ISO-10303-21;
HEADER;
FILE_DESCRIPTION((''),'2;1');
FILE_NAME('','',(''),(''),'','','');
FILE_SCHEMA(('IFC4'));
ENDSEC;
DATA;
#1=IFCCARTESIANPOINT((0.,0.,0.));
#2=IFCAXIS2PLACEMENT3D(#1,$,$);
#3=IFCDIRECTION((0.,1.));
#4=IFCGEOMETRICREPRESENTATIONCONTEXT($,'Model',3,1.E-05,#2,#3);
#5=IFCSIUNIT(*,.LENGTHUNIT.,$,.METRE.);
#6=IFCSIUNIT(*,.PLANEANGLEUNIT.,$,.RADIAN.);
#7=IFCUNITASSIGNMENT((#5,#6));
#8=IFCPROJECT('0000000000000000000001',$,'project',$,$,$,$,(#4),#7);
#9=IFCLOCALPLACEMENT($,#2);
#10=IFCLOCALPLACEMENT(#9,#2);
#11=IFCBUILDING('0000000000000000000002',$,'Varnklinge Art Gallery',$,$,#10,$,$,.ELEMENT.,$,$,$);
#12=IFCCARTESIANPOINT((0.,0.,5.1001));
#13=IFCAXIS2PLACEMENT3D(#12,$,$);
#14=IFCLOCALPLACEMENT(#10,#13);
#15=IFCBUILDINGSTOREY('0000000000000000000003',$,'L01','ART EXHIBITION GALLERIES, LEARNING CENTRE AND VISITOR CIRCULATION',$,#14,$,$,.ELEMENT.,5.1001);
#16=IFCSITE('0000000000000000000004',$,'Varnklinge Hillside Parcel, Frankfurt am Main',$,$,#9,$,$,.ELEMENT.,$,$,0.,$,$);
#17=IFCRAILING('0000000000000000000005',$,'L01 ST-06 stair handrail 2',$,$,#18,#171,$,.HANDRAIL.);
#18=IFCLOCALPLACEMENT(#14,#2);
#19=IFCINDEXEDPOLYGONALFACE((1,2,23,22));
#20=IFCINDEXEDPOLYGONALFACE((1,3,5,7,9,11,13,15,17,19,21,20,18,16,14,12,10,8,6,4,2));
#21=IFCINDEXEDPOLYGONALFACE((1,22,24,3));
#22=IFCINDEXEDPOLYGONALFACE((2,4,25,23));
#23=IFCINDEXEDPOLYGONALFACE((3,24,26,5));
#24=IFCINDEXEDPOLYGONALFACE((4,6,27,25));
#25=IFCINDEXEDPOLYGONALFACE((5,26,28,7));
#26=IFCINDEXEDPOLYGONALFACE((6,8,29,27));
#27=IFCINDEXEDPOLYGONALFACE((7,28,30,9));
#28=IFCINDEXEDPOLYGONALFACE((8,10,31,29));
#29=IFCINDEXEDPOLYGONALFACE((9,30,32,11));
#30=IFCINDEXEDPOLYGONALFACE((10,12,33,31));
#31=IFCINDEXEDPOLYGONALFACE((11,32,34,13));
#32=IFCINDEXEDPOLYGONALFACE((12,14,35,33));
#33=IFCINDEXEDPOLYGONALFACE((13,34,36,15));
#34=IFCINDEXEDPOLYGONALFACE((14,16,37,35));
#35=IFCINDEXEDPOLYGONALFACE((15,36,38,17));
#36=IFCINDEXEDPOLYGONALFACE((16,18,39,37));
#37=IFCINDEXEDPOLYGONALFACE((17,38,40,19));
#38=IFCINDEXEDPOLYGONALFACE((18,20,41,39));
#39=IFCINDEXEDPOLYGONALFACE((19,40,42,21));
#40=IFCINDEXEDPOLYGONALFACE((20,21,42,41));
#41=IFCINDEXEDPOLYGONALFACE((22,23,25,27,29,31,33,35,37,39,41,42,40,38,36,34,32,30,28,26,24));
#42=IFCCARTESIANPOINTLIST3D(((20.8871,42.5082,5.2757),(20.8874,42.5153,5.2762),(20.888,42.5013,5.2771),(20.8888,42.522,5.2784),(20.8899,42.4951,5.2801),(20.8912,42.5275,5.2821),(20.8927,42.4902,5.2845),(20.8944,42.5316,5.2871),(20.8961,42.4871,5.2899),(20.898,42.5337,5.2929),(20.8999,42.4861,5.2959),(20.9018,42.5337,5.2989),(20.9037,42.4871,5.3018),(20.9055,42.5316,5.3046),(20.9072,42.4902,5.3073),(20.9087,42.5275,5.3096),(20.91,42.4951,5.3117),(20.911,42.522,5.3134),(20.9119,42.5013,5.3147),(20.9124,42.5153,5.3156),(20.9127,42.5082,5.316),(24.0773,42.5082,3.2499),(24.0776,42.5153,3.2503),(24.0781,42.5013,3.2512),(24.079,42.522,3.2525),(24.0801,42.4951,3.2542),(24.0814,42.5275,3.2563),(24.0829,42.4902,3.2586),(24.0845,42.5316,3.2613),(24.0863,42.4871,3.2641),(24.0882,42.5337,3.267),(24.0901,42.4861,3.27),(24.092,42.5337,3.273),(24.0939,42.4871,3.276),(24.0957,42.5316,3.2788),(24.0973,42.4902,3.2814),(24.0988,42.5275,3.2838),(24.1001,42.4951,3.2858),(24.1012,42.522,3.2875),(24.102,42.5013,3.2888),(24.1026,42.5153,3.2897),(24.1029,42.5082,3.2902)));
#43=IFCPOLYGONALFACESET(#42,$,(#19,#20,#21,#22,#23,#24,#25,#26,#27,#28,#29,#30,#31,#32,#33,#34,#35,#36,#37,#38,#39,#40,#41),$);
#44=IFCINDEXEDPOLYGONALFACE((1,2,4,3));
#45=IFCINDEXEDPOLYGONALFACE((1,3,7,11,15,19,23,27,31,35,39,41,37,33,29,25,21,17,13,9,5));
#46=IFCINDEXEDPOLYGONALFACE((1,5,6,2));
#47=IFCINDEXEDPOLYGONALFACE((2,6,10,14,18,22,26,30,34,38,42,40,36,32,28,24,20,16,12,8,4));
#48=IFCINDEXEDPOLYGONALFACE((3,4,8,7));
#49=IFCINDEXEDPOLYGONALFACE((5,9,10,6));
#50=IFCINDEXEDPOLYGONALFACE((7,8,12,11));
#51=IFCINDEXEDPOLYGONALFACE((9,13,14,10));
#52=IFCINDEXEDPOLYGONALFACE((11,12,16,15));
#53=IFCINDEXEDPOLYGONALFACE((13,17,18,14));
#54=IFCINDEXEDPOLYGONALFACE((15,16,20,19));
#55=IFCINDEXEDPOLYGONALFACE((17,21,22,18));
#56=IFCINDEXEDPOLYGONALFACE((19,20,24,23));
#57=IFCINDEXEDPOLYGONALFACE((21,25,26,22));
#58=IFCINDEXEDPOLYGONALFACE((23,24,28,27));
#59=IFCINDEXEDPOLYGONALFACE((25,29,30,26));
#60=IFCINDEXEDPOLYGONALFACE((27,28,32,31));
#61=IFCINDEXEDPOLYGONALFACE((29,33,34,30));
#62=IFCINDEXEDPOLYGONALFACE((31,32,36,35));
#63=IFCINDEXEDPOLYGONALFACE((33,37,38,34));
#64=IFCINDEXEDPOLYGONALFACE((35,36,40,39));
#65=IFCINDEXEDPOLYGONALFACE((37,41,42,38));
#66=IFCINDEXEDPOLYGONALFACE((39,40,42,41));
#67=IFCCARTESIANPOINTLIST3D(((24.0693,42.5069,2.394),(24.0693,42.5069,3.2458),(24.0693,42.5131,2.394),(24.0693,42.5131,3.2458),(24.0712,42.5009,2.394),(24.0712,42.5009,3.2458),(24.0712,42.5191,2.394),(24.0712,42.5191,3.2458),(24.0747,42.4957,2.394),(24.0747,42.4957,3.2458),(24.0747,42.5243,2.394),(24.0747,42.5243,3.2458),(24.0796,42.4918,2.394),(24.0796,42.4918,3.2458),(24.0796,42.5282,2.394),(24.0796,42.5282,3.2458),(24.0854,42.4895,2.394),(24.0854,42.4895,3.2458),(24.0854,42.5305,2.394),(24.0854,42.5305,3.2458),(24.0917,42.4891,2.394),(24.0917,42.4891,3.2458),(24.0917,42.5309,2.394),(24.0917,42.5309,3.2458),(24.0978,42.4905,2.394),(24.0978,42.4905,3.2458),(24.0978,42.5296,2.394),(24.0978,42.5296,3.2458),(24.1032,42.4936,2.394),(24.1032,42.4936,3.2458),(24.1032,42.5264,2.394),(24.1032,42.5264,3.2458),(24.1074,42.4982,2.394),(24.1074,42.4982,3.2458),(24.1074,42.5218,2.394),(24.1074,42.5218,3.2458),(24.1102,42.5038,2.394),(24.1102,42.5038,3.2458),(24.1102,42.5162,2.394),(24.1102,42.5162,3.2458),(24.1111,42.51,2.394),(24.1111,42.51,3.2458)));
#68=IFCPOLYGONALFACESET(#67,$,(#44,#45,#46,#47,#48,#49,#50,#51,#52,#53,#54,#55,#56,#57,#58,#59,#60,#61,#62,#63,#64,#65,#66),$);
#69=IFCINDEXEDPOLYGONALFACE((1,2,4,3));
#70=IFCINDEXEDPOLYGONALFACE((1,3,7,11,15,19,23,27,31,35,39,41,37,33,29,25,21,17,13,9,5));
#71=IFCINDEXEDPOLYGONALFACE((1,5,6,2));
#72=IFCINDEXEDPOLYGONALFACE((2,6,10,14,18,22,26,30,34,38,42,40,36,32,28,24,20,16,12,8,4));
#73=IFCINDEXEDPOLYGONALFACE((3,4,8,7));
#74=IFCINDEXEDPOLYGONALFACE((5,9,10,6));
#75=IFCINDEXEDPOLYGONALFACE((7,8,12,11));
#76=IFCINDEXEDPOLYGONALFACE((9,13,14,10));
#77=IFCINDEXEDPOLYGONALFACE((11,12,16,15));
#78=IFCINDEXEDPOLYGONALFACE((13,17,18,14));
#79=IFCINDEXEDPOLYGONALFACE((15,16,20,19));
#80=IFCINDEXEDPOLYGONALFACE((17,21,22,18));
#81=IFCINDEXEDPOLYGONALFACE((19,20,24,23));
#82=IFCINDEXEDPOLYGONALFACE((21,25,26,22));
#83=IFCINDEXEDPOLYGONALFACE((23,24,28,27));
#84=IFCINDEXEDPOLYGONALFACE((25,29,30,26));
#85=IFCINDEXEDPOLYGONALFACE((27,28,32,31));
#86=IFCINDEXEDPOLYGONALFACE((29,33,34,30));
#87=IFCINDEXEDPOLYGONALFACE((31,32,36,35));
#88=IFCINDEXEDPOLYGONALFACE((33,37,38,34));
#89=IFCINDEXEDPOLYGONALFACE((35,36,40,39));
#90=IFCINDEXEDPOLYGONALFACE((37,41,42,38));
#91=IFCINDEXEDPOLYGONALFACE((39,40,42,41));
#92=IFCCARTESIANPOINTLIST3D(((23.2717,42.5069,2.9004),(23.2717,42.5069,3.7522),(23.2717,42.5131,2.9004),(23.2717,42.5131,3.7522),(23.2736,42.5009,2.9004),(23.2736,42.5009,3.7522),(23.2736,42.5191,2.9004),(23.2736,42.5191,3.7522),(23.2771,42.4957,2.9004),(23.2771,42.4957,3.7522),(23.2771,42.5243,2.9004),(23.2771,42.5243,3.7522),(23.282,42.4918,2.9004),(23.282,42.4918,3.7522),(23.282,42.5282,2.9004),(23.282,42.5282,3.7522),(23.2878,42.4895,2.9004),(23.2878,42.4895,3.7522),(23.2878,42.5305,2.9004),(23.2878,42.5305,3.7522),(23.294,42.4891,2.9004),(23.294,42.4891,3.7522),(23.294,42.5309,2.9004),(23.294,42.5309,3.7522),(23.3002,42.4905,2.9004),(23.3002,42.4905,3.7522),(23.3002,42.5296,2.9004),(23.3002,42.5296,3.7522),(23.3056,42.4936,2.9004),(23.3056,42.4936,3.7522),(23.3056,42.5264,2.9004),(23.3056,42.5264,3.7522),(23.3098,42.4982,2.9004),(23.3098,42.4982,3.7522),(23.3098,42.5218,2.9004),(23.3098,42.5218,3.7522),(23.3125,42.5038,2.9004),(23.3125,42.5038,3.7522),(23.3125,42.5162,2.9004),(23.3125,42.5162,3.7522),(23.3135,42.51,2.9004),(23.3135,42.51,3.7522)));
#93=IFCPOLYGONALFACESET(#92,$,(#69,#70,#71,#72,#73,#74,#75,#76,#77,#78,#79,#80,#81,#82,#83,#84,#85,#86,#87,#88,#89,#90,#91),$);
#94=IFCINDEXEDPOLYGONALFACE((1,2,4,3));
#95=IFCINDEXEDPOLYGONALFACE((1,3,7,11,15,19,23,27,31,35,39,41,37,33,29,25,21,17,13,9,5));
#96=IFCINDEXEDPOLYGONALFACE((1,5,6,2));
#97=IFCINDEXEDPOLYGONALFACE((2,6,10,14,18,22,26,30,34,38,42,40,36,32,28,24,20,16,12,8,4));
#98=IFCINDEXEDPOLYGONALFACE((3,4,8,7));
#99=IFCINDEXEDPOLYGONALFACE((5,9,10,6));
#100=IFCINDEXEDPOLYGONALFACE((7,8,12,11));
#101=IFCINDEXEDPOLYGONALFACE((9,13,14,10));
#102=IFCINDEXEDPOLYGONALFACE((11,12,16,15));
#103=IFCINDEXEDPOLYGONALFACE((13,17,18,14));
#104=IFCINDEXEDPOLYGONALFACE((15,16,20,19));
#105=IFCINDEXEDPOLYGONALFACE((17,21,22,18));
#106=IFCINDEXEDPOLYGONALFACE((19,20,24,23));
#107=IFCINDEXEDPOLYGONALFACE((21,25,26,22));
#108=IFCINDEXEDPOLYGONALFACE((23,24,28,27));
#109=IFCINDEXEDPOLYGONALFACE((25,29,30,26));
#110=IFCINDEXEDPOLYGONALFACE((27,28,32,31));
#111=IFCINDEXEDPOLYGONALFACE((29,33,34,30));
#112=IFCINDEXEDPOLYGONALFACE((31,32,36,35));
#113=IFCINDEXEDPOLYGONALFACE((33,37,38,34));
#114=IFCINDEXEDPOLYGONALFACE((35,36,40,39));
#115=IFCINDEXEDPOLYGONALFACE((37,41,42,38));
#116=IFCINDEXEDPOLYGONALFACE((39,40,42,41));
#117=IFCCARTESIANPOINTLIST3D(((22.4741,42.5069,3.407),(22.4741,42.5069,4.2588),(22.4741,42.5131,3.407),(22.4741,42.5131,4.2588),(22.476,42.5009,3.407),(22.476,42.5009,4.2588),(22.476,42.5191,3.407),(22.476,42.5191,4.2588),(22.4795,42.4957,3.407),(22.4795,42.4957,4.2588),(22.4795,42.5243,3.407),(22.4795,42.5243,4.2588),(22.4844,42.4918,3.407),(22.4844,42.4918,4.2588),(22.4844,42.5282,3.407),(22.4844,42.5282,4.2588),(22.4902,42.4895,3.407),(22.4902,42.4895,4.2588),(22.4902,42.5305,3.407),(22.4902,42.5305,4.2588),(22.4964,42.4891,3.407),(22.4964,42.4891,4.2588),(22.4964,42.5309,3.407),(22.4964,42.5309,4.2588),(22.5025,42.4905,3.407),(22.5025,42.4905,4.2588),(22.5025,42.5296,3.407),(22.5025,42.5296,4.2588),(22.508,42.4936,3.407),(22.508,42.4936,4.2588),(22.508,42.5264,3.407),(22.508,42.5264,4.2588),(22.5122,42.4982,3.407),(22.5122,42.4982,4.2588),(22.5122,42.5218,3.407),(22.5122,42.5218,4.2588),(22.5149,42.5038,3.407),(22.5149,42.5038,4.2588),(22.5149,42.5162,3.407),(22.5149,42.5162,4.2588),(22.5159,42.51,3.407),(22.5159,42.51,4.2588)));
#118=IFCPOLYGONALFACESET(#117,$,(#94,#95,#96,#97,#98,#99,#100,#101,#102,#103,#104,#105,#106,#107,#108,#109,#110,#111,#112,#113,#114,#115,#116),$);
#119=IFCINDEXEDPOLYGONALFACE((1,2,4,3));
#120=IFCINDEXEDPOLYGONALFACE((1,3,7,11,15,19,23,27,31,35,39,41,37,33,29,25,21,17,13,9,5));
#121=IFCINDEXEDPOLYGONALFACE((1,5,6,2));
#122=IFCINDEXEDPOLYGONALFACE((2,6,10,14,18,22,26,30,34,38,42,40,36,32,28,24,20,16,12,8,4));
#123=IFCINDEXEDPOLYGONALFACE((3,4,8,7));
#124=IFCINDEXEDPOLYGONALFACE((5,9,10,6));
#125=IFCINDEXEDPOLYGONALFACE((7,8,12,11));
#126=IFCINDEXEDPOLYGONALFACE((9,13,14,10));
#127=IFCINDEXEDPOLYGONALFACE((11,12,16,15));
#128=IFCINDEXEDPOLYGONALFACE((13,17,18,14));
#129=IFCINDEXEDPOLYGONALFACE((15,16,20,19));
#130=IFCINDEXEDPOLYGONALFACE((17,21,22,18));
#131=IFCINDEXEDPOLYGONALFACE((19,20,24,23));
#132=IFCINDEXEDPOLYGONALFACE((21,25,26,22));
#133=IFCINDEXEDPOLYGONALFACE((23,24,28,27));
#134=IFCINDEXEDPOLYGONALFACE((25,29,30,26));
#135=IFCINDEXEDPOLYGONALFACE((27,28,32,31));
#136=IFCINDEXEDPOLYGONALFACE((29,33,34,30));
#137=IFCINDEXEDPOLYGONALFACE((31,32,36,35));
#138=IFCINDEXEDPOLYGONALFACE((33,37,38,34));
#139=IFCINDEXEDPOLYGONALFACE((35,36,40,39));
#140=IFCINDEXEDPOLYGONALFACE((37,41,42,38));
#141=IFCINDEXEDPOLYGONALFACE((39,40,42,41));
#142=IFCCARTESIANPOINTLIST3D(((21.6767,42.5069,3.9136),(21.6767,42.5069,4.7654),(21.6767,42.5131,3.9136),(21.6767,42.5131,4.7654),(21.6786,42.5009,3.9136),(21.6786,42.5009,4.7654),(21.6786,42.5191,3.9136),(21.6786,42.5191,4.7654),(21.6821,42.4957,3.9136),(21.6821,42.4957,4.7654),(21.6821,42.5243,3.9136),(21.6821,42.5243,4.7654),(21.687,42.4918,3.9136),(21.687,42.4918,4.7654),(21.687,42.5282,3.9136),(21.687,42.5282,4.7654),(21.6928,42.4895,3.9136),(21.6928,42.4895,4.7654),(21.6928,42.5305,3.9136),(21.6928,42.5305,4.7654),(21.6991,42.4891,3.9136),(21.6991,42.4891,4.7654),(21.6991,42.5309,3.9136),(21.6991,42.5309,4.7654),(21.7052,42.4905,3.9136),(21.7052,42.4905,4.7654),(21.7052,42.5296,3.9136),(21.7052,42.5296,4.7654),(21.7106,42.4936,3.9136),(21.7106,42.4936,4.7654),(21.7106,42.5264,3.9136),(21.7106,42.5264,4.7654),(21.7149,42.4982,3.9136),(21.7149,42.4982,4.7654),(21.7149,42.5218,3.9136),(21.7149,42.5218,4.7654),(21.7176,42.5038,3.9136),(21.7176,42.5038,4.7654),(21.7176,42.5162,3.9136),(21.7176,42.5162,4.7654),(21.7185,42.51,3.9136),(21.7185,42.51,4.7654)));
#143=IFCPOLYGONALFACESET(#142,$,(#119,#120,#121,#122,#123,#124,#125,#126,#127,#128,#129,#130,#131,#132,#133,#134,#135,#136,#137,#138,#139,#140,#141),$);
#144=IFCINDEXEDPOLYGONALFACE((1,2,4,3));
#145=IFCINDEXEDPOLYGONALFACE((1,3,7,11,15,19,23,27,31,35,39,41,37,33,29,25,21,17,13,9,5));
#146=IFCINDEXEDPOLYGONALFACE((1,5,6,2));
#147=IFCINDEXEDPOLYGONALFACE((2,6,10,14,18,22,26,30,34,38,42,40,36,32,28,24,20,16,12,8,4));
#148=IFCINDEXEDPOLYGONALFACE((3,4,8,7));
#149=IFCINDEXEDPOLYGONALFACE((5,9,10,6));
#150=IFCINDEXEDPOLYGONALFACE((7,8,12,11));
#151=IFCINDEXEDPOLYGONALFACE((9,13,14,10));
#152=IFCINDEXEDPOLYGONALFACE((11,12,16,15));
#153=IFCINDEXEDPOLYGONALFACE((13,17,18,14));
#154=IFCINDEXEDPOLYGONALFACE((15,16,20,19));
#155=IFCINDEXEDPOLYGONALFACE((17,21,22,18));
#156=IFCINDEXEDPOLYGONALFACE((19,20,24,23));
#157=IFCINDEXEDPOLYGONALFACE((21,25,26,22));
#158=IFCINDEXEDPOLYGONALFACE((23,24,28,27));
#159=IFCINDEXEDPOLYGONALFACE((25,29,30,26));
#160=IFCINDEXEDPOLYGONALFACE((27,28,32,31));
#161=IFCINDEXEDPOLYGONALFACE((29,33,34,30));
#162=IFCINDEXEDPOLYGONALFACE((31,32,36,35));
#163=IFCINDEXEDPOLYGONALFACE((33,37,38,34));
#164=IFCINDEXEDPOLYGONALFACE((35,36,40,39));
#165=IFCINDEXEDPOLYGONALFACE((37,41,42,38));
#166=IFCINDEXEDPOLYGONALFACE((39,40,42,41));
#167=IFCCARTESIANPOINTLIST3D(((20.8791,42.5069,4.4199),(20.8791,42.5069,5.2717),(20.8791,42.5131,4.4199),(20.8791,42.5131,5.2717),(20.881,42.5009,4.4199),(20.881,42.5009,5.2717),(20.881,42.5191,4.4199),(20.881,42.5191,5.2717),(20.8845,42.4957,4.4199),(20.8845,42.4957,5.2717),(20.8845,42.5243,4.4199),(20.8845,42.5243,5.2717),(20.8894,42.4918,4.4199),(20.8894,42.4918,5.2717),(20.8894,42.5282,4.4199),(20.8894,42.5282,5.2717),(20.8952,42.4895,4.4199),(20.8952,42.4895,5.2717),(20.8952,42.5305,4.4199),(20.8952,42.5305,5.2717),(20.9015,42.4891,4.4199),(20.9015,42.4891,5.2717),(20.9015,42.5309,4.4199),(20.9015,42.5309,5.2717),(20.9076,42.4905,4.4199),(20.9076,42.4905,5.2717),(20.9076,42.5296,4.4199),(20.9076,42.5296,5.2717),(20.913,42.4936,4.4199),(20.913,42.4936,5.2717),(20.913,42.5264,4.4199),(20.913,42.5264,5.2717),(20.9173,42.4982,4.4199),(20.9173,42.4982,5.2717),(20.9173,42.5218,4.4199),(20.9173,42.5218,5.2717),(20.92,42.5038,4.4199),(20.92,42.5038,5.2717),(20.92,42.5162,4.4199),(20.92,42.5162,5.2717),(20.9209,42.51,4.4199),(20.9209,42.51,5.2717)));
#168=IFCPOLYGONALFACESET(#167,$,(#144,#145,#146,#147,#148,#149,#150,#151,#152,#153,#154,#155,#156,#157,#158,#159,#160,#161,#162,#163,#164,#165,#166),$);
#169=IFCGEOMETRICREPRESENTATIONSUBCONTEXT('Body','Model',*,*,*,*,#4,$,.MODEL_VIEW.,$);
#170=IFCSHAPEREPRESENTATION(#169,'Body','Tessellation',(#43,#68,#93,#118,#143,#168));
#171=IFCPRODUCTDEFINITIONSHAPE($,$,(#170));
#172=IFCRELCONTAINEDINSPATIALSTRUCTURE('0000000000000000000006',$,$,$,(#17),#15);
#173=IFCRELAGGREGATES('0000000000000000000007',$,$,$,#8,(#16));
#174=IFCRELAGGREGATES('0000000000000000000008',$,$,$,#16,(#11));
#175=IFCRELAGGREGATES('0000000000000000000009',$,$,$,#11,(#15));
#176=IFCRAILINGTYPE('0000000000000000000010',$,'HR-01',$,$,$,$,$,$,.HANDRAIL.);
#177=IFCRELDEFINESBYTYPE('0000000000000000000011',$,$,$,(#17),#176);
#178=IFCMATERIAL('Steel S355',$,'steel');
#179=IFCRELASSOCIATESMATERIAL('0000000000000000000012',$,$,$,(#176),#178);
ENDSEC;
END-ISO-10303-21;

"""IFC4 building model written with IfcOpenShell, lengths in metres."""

from ifc_helpers import new_model, si_unit, direction, frame, origin, origin_2d, place, context, subcontext, project, spatial, circle, extrude, material, type_object, element, save


model = new_model("IFC4")

# Units and contexts
model_context = context("Model", 3, precision=1e-05, world=origin(), true_north=direction((0.0, 1.0)))
body_context = subcontext(model_context, "Body", "Model", "MODEL_VIEW")
ifc_project = project(units=[si_unit("LENGTHUNIT", "METRE"), si_unit("PLANEANGLEUNIT", "RADIAN")], contexts=[model_context])

# Site, building, storey
site_placement = place(None, origin())
site = spatial("IfcSite", under=ifc_project, at=site_placement, Name="Varnklinge Hillside Parcel, Frankfurt am Main", CompositionType="ELEMENT", RefElevation=0.0)
building_placement = place(site_placement, origin())
building = spatial("IfcBuilding", under=site, at=building_placement, Name="Varnklinge Art Gallery", CompositionType="ELEMENT")
storey_placement = place(building_placement, frame((0.0, 0.0, 5.1001)))
storey = spatial("IfcBuildingStorey", under=building, at=storey_placement, Name="L01", Description="ART EXHIBITION GALLERIES, LEARNING CENTRE AND VISITOR CIRCULATION", CompositionType="ELEMENT", Elevation=5.1001)

# Railing
ifc_material_1 = material(Name="Steel S355", Category="steel")
railing_type_1 = type_object("IfcRailingType", Name="HR-01", PredefinedType="HANDRAIL", material=ifc_material_1)
railing_1_placement = place(storey_placement, frame((24.0901, 42.51, 2.394)))
element("IfcRailing", 1, at=railing_1_placement, inside=storey, type_object=railing_type_1, Name="L01 ST-06 stair handrail 2", PredefinedType="HANDRAIL", context=body_context, shape_type="SweptSolid", body=[
    extrude(circle(Radius=0.0239, at=origin_2d()), frame((0.0, 0.0, 0.876), z_axis=(-0.844169, 0.0, 0.536077), x_axis=(0.0, -1.0, 0.0)), (0.0, 0.0, 1.0), 3.7791),
    extrude(circle(Radius=0.021, at=origin_2d()), origin(), (0.0, 0.0, 1.0), 0.8518),
    extrude(circle(Radius=0.021, at=origin_2d()), frame((-0.7976, 0.0, 0.5063)), (0.0, 0.0, 1.0), 0.8518),
    extrude(circle(Radius=0.021, at=origin_2d()), frame((-1.5952, 0.0, 1.0129)), (0.0, 0.0, 1.0), 0.8518),
    extrude(circle(Radius=0.021, at=origin_2d()), frame((-2.3926, 0.0, 1.5195)), (0.0, 0.0, 1.0), 0.8518),
    extrude(circle(Radius=0.021, at=origin_2d()), frame((-3.1902, 0.0, 2.0259)), (0.0, 0.0, 1.0), 0.8518),
])

save(model, "model.ifc")
